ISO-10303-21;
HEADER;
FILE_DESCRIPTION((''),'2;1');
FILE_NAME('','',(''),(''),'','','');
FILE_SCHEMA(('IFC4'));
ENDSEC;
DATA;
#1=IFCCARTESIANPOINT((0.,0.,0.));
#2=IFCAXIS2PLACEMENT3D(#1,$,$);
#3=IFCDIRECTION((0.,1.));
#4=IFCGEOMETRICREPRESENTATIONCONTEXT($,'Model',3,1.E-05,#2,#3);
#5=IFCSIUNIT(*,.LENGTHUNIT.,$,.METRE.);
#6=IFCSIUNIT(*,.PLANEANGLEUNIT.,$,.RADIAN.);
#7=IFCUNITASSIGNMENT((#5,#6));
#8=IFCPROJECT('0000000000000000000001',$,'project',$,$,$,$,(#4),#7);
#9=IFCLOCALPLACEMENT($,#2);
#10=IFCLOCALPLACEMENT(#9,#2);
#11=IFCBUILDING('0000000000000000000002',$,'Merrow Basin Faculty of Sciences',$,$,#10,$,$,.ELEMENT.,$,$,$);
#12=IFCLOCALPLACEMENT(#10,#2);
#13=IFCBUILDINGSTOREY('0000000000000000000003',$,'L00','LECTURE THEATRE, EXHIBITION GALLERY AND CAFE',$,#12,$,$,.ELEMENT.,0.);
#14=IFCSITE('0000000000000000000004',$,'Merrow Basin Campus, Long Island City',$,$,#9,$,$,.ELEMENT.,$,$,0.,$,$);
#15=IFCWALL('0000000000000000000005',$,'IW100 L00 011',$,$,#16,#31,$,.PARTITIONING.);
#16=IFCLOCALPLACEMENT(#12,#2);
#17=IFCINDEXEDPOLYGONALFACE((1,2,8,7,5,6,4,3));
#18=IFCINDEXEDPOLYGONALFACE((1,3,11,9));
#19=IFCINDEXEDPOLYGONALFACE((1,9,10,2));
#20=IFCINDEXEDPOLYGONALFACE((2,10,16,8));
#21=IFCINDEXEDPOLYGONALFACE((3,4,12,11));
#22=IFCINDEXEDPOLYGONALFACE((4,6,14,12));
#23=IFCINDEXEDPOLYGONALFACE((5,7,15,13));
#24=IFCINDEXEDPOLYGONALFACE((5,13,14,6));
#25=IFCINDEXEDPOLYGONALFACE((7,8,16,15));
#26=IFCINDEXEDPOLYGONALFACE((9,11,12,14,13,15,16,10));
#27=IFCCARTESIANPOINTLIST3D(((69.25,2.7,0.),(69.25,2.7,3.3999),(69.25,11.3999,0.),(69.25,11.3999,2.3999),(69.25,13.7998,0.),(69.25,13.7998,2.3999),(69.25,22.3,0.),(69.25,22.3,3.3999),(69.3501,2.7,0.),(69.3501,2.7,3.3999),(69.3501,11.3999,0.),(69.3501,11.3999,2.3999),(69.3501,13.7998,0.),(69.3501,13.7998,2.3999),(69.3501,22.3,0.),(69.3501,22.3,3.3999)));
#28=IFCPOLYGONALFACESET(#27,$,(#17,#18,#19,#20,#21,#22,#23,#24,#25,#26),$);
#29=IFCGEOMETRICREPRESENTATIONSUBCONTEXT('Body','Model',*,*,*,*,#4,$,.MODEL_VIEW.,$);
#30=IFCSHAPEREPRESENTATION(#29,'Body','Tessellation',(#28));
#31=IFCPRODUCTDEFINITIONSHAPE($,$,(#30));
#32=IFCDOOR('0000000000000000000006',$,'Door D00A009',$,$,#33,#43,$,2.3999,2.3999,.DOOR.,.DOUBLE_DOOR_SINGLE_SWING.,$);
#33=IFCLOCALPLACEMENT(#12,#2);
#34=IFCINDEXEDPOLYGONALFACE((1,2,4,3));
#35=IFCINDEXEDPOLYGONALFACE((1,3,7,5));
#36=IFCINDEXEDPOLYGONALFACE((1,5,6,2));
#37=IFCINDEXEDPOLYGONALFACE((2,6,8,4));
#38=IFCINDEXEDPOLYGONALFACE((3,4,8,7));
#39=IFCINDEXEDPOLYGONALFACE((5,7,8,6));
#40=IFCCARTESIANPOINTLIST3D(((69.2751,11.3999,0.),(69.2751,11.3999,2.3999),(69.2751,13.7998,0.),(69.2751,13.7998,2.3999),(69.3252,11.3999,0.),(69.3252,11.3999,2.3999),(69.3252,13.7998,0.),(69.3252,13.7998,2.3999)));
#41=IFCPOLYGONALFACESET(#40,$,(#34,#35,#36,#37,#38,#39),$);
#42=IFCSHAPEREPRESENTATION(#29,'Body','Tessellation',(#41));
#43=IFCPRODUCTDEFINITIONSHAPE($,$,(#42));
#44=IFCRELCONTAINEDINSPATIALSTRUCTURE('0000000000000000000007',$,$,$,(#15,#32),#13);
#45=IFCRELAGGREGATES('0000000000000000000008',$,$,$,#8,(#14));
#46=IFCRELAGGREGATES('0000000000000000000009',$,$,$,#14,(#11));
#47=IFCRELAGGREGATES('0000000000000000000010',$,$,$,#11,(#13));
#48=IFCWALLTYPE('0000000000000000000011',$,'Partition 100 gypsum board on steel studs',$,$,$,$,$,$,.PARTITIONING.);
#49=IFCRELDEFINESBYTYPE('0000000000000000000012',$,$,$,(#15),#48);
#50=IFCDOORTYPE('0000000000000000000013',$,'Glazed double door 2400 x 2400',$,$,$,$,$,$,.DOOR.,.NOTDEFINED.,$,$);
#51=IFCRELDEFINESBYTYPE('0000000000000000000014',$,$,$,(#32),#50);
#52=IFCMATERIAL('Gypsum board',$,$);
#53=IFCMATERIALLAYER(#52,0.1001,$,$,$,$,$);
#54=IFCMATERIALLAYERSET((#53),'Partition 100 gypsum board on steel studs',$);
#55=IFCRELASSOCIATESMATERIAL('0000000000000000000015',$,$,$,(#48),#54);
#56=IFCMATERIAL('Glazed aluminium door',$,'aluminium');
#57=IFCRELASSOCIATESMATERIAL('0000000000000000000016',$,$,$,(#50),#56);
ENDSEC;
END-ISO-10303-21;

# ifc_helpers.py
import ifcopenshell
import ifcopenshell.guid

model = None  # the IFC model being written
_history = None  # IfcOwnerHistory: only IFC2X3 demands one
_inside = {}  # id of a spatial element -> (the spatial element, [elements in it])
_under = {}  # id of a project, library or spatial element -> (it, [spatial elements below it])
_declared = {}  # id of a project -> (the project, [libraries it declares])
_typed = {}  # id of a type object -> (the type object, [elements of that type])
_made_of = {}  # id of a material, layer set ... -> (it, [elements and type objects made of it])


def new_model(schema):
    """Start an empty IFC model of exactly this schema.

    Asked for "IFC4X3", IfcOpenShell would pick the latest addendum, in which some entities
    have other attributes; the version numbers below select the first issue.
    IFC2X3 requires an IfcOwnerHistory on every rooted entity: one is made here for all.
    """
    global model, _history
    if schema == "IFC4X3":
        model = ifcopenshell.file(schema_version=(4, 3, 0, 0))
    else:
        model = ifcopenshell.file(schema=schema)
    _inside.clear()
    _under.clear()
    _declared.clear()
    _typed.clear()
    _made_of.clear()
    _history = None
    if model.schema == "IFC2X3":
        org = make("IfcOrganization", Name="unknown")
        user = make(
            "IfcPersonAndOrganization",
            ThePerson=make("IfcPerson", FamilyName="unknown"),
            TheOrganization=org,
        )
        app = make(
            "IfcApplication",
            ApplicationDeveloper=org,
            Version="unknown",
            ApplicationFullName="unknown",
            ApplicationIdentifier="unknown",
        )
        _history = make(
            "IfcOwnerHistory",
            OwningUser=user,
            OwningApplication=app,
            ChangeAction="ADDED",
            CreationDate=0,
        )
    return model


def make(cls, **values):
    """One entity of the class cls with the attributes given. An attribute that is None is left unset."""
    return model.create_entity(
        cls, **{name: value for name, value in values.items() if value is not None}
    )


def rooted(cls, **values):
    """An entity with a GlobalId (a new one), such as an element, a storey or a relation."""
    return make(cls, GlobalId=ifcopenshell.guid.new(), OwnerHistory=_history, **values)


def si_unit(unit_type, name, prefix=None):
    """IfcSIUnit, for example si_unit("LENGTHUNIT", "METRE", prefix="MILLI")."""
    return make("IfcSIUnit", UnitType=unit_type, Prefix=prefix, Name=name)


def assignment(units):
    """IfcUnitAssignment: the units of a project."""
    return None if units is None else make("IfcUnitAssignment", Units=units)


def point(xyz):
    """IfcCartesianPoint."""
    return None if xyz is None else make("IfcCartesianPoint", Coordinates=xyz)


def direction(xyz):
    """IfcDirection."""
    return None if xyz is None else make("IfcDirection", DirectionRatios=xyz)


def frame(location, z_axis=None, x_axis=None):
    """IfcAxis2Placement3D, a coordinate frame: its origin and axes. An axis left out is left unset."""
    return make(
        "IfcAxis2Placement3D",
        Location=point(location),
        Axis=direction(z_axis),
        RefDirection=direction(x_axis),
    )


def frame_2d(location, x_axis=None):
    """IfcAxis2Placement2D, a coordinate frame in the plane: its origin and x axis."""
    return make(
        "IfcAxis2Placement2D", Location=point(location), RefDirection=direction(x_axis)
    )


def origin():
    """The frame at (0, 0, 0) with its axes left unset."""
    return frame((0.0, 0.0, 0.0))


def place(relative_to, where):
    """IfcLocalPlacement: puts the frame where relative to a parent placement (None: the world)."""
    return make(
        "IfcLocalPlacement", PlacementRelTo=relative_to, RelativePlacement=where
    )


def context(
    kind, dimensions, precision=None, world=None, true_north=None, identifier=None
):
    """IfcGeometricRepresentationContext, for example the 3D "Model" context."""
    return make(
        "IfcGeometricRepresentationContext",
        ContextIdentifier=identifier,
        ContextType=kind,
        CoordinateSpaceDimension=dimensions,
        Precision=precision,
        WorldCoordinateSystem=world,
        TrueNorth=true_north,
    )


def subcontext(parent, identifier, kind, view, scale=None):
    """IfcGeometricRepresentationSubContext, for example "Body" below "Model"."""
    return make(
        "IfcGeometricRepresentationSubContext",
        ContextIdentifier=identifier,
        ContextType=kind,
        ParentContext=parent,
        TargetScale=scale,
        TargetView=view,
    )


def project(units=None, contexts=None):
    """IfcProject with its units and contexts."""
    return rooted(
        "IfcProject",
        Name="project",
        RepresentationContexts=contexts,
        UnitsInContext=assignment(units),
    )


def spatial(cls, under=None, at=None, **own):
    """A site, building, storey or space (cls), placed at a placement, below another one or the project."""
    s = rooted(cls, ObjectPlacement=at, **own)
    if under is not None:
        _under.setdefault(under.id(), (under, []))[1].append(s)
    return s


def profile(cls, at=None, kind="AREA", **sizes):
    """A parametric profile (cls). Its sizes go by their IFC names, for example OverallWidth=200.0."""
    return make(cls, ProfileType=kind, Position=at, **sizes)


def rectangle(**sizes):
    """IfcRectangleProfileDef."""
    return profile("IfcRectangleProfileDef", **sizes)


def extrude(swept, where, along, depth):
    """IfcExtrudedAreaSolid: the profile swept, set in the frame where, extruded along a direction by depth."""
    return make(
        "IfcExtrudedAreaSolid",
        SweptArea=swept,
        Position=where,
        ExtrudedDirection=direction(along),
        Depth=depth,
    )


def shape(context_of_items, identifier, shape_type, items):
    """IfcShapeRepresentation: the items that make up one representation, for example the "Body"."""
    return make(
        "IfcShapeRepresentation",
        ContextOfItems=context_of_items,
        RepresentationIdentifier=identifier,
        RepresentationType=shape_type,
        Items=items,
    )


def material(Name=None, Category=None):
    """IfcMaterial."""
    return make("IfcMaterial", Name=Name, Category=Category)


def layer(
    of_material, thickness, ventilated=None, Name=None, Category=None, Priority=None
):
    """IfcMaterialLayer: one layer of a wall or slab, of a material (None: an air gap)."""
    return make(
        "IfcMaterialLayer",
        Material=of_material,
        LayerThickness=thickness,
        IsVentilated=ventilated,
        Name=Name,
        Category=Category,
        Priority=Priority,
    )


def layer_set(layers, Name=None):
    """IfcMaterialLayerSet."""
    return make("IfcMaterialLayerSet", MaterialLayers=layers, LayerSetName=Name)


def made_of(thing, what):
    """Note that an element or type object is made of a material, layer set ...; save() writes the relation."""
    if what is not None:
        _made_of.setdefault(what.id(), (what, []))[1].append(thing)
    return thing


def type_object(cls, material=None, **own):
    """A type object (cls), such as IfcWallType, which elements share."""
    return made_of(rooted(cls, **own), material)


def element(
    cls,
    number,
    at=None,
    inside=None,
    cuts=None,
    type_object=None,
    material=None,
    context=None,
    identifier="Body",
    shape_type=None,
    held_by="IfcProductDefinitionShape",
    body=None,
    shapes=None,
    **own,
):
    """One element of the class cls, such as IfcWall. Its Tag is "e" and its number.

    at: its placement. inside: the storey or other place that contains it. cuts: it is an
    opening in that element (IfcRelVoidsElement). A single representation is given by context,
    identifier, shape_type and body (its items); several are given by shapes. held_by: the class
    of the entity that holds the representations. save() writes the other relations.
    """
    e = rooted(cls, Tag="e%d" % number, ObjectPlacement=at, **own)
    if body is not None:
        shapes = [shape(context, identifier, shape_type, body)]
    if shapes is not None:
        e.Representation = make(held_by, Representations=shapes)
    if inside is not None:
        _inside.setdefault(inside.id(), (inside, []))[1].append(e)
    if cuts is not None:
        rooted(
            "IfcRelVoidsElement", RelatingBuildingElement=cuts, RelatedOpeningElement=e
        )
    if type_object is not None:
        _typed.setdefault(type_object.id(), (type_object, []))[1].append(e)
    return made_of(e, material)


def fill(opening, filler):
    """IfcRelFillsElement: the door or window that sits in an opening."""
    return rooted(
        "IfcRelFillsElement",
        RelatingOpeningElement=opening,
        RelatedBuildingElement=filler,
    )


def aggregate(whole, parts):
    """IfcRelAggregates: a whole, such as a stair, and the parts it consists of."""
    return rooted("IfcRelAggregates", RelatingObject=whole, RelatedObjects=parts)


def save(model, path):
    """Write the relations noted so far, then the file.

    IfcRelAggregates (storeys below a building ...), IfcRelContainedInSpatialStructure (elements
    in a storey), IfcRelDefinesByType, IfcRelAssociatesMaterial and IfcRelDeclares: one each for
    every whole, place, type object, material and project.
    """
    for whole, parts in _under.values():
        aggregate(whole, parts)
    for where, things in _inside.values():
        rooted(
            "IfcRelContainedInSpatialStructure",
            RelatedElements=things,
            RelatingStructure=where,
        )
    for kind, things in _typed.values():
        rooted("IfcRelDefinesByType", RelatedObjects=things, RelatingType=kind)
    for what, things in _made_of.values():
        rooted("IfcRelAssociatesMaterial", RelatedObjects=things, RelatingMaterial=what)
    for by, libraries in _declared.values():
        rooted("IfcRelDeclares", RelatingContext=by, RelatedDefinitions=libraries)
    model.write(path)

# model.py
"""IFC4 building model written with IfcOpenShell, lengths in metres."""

from ifc_helpers import new_model, si_unit, direction, frame, frame_2d, origin, place, context, subcontext, project, spatial, rectangle, extrude, material, layer, layer_set, type_object, element, fill, save


model = new_model("IFC4")

# Units and contexts
model_context = context("Model", 3, precision=1e-05, world=origin(), true_north=direction((0.0, 1.0)))
body_context = subcontext(model_context, "Body", "Model", "MODEL_VIEW")
ifc_project = project(units=[si_unit("LENGTHUNIT", "METRE"), si_unit("PLANEANGLEUNIT", "RADIAN")], contexts=[model_context])

# Site, building, storey
site_placement = place(None, origin())
site = spatial("IfcSite", under=ifc_project, at=site_placement, Name="Merrow Basin Campus, Long Island City", CompositionType="ELEMENT", RefElevation=0.0)
building_placement = place(site_placement, origin())
building = spatial("IfcBuilding", under=site, at=building_placement, Name="Merrow Basin Faculty of Sciences", CompositionType="ELEMENT")
storey_placement = place(building_placement, origin())
storey = spatial("IfcBuildingStorey", under=building, at=storey_placement, Name="L00", Description="LECTURE THEATRE, EXHIBITION GALLERY AND CAFE", CompositionType="ELEMENT", Elevation=0.0)

# Wall, opening, door
ifc_material_1 = material(Name="Gypsum board")
ifc_layer_1 = layer(ifc_material_1, 0.1001)
ifc_layer_set_1 = layer_set([ifc_layer_1], Name="Partition 100 gypsum board on steel studs")
wall_type_1 = type_object("IfcWallType", Name="Partition 100 gypsum board on steel studs", PredefinedType="PARTITIONING", material=ifc_layer_set_1)
wall_1_placement = place(storey_placement, frame((69.3, 2.7, 0.0), z_axis=(0.0, 0.0, 1.0), x_axis=(0.0, 1.0, 0.0)))
wall_1 = element("IfcWall", 1, at=wall_1_placement, inside=storey, type_object=wall_type_1, Name="IW100 L00 011", PredefinedType="PARTITIONING", context=body_context, shape_type="SweptSolid", body=[
    extrude(rectangle(XDim=19.6001, YDim=0.1001, at=frame_2d((9.8, 0.0))), origin(), (0.0, 0.0, 1.0), 3.3999),
])
opening_1_placement = place(wall_1_placement, frame((8.7, 0.0, 0.0)))
opening_1 = element("IfcOpeningElement", 2, at=opening_1_placement, cuts=wall_1, PredefinedType="OPENING", context=body_context, shape_type="SweptSolid", body=[
    extrude(rectangle(XDim=2.3999, YDim=2.3999, at=frame_2d((1.2, 1.2))), frame((0.0, 0.0601, 0.0), z_axis=(0.0, -1.0, 0.0), x_axis=(1.0, 0.0, 0.0)), (0.0, 0.0, 1.0), 0.1201),
])
ifc_material_2 = material(Name="Glazed aluminium door", Category="aluminium")
door_type_1 = type_object("IfcDoorType", Name="Glazed double door 2400 x 2400", OperationType="NOTDEFINED", PredefinedType="DOOR", material=ifc_material_2)
door_1_placement = place(opening_1_placement, origin())
door_1 = element("IfcDoor", 3, at=door_1_placement, inside=storey, type_object=door_type_1, Name="Door D00A009", OperationType="DOUBLE_DOOR_SINGLE_SWING", OverallHeight=2.3999, OverallWidth=2.3999, PredefinedType="DOOR", context=body_context, shape_type="SweptSolid", body=[
    extrude(rectangle(XDim=2.3999, YDim=2.3999, at=frame_2d((1.2, 1.2))), frame((0.0, 0.0249, 0.0), z_axis=(0.0, -1.0, 0.0), x_axis=(1.0, 0.0, 0.0)), (0.0, 0.0, 1.0), 0.05),
])
fill(opening_1, door_1)

save(model, "model.ifc")
